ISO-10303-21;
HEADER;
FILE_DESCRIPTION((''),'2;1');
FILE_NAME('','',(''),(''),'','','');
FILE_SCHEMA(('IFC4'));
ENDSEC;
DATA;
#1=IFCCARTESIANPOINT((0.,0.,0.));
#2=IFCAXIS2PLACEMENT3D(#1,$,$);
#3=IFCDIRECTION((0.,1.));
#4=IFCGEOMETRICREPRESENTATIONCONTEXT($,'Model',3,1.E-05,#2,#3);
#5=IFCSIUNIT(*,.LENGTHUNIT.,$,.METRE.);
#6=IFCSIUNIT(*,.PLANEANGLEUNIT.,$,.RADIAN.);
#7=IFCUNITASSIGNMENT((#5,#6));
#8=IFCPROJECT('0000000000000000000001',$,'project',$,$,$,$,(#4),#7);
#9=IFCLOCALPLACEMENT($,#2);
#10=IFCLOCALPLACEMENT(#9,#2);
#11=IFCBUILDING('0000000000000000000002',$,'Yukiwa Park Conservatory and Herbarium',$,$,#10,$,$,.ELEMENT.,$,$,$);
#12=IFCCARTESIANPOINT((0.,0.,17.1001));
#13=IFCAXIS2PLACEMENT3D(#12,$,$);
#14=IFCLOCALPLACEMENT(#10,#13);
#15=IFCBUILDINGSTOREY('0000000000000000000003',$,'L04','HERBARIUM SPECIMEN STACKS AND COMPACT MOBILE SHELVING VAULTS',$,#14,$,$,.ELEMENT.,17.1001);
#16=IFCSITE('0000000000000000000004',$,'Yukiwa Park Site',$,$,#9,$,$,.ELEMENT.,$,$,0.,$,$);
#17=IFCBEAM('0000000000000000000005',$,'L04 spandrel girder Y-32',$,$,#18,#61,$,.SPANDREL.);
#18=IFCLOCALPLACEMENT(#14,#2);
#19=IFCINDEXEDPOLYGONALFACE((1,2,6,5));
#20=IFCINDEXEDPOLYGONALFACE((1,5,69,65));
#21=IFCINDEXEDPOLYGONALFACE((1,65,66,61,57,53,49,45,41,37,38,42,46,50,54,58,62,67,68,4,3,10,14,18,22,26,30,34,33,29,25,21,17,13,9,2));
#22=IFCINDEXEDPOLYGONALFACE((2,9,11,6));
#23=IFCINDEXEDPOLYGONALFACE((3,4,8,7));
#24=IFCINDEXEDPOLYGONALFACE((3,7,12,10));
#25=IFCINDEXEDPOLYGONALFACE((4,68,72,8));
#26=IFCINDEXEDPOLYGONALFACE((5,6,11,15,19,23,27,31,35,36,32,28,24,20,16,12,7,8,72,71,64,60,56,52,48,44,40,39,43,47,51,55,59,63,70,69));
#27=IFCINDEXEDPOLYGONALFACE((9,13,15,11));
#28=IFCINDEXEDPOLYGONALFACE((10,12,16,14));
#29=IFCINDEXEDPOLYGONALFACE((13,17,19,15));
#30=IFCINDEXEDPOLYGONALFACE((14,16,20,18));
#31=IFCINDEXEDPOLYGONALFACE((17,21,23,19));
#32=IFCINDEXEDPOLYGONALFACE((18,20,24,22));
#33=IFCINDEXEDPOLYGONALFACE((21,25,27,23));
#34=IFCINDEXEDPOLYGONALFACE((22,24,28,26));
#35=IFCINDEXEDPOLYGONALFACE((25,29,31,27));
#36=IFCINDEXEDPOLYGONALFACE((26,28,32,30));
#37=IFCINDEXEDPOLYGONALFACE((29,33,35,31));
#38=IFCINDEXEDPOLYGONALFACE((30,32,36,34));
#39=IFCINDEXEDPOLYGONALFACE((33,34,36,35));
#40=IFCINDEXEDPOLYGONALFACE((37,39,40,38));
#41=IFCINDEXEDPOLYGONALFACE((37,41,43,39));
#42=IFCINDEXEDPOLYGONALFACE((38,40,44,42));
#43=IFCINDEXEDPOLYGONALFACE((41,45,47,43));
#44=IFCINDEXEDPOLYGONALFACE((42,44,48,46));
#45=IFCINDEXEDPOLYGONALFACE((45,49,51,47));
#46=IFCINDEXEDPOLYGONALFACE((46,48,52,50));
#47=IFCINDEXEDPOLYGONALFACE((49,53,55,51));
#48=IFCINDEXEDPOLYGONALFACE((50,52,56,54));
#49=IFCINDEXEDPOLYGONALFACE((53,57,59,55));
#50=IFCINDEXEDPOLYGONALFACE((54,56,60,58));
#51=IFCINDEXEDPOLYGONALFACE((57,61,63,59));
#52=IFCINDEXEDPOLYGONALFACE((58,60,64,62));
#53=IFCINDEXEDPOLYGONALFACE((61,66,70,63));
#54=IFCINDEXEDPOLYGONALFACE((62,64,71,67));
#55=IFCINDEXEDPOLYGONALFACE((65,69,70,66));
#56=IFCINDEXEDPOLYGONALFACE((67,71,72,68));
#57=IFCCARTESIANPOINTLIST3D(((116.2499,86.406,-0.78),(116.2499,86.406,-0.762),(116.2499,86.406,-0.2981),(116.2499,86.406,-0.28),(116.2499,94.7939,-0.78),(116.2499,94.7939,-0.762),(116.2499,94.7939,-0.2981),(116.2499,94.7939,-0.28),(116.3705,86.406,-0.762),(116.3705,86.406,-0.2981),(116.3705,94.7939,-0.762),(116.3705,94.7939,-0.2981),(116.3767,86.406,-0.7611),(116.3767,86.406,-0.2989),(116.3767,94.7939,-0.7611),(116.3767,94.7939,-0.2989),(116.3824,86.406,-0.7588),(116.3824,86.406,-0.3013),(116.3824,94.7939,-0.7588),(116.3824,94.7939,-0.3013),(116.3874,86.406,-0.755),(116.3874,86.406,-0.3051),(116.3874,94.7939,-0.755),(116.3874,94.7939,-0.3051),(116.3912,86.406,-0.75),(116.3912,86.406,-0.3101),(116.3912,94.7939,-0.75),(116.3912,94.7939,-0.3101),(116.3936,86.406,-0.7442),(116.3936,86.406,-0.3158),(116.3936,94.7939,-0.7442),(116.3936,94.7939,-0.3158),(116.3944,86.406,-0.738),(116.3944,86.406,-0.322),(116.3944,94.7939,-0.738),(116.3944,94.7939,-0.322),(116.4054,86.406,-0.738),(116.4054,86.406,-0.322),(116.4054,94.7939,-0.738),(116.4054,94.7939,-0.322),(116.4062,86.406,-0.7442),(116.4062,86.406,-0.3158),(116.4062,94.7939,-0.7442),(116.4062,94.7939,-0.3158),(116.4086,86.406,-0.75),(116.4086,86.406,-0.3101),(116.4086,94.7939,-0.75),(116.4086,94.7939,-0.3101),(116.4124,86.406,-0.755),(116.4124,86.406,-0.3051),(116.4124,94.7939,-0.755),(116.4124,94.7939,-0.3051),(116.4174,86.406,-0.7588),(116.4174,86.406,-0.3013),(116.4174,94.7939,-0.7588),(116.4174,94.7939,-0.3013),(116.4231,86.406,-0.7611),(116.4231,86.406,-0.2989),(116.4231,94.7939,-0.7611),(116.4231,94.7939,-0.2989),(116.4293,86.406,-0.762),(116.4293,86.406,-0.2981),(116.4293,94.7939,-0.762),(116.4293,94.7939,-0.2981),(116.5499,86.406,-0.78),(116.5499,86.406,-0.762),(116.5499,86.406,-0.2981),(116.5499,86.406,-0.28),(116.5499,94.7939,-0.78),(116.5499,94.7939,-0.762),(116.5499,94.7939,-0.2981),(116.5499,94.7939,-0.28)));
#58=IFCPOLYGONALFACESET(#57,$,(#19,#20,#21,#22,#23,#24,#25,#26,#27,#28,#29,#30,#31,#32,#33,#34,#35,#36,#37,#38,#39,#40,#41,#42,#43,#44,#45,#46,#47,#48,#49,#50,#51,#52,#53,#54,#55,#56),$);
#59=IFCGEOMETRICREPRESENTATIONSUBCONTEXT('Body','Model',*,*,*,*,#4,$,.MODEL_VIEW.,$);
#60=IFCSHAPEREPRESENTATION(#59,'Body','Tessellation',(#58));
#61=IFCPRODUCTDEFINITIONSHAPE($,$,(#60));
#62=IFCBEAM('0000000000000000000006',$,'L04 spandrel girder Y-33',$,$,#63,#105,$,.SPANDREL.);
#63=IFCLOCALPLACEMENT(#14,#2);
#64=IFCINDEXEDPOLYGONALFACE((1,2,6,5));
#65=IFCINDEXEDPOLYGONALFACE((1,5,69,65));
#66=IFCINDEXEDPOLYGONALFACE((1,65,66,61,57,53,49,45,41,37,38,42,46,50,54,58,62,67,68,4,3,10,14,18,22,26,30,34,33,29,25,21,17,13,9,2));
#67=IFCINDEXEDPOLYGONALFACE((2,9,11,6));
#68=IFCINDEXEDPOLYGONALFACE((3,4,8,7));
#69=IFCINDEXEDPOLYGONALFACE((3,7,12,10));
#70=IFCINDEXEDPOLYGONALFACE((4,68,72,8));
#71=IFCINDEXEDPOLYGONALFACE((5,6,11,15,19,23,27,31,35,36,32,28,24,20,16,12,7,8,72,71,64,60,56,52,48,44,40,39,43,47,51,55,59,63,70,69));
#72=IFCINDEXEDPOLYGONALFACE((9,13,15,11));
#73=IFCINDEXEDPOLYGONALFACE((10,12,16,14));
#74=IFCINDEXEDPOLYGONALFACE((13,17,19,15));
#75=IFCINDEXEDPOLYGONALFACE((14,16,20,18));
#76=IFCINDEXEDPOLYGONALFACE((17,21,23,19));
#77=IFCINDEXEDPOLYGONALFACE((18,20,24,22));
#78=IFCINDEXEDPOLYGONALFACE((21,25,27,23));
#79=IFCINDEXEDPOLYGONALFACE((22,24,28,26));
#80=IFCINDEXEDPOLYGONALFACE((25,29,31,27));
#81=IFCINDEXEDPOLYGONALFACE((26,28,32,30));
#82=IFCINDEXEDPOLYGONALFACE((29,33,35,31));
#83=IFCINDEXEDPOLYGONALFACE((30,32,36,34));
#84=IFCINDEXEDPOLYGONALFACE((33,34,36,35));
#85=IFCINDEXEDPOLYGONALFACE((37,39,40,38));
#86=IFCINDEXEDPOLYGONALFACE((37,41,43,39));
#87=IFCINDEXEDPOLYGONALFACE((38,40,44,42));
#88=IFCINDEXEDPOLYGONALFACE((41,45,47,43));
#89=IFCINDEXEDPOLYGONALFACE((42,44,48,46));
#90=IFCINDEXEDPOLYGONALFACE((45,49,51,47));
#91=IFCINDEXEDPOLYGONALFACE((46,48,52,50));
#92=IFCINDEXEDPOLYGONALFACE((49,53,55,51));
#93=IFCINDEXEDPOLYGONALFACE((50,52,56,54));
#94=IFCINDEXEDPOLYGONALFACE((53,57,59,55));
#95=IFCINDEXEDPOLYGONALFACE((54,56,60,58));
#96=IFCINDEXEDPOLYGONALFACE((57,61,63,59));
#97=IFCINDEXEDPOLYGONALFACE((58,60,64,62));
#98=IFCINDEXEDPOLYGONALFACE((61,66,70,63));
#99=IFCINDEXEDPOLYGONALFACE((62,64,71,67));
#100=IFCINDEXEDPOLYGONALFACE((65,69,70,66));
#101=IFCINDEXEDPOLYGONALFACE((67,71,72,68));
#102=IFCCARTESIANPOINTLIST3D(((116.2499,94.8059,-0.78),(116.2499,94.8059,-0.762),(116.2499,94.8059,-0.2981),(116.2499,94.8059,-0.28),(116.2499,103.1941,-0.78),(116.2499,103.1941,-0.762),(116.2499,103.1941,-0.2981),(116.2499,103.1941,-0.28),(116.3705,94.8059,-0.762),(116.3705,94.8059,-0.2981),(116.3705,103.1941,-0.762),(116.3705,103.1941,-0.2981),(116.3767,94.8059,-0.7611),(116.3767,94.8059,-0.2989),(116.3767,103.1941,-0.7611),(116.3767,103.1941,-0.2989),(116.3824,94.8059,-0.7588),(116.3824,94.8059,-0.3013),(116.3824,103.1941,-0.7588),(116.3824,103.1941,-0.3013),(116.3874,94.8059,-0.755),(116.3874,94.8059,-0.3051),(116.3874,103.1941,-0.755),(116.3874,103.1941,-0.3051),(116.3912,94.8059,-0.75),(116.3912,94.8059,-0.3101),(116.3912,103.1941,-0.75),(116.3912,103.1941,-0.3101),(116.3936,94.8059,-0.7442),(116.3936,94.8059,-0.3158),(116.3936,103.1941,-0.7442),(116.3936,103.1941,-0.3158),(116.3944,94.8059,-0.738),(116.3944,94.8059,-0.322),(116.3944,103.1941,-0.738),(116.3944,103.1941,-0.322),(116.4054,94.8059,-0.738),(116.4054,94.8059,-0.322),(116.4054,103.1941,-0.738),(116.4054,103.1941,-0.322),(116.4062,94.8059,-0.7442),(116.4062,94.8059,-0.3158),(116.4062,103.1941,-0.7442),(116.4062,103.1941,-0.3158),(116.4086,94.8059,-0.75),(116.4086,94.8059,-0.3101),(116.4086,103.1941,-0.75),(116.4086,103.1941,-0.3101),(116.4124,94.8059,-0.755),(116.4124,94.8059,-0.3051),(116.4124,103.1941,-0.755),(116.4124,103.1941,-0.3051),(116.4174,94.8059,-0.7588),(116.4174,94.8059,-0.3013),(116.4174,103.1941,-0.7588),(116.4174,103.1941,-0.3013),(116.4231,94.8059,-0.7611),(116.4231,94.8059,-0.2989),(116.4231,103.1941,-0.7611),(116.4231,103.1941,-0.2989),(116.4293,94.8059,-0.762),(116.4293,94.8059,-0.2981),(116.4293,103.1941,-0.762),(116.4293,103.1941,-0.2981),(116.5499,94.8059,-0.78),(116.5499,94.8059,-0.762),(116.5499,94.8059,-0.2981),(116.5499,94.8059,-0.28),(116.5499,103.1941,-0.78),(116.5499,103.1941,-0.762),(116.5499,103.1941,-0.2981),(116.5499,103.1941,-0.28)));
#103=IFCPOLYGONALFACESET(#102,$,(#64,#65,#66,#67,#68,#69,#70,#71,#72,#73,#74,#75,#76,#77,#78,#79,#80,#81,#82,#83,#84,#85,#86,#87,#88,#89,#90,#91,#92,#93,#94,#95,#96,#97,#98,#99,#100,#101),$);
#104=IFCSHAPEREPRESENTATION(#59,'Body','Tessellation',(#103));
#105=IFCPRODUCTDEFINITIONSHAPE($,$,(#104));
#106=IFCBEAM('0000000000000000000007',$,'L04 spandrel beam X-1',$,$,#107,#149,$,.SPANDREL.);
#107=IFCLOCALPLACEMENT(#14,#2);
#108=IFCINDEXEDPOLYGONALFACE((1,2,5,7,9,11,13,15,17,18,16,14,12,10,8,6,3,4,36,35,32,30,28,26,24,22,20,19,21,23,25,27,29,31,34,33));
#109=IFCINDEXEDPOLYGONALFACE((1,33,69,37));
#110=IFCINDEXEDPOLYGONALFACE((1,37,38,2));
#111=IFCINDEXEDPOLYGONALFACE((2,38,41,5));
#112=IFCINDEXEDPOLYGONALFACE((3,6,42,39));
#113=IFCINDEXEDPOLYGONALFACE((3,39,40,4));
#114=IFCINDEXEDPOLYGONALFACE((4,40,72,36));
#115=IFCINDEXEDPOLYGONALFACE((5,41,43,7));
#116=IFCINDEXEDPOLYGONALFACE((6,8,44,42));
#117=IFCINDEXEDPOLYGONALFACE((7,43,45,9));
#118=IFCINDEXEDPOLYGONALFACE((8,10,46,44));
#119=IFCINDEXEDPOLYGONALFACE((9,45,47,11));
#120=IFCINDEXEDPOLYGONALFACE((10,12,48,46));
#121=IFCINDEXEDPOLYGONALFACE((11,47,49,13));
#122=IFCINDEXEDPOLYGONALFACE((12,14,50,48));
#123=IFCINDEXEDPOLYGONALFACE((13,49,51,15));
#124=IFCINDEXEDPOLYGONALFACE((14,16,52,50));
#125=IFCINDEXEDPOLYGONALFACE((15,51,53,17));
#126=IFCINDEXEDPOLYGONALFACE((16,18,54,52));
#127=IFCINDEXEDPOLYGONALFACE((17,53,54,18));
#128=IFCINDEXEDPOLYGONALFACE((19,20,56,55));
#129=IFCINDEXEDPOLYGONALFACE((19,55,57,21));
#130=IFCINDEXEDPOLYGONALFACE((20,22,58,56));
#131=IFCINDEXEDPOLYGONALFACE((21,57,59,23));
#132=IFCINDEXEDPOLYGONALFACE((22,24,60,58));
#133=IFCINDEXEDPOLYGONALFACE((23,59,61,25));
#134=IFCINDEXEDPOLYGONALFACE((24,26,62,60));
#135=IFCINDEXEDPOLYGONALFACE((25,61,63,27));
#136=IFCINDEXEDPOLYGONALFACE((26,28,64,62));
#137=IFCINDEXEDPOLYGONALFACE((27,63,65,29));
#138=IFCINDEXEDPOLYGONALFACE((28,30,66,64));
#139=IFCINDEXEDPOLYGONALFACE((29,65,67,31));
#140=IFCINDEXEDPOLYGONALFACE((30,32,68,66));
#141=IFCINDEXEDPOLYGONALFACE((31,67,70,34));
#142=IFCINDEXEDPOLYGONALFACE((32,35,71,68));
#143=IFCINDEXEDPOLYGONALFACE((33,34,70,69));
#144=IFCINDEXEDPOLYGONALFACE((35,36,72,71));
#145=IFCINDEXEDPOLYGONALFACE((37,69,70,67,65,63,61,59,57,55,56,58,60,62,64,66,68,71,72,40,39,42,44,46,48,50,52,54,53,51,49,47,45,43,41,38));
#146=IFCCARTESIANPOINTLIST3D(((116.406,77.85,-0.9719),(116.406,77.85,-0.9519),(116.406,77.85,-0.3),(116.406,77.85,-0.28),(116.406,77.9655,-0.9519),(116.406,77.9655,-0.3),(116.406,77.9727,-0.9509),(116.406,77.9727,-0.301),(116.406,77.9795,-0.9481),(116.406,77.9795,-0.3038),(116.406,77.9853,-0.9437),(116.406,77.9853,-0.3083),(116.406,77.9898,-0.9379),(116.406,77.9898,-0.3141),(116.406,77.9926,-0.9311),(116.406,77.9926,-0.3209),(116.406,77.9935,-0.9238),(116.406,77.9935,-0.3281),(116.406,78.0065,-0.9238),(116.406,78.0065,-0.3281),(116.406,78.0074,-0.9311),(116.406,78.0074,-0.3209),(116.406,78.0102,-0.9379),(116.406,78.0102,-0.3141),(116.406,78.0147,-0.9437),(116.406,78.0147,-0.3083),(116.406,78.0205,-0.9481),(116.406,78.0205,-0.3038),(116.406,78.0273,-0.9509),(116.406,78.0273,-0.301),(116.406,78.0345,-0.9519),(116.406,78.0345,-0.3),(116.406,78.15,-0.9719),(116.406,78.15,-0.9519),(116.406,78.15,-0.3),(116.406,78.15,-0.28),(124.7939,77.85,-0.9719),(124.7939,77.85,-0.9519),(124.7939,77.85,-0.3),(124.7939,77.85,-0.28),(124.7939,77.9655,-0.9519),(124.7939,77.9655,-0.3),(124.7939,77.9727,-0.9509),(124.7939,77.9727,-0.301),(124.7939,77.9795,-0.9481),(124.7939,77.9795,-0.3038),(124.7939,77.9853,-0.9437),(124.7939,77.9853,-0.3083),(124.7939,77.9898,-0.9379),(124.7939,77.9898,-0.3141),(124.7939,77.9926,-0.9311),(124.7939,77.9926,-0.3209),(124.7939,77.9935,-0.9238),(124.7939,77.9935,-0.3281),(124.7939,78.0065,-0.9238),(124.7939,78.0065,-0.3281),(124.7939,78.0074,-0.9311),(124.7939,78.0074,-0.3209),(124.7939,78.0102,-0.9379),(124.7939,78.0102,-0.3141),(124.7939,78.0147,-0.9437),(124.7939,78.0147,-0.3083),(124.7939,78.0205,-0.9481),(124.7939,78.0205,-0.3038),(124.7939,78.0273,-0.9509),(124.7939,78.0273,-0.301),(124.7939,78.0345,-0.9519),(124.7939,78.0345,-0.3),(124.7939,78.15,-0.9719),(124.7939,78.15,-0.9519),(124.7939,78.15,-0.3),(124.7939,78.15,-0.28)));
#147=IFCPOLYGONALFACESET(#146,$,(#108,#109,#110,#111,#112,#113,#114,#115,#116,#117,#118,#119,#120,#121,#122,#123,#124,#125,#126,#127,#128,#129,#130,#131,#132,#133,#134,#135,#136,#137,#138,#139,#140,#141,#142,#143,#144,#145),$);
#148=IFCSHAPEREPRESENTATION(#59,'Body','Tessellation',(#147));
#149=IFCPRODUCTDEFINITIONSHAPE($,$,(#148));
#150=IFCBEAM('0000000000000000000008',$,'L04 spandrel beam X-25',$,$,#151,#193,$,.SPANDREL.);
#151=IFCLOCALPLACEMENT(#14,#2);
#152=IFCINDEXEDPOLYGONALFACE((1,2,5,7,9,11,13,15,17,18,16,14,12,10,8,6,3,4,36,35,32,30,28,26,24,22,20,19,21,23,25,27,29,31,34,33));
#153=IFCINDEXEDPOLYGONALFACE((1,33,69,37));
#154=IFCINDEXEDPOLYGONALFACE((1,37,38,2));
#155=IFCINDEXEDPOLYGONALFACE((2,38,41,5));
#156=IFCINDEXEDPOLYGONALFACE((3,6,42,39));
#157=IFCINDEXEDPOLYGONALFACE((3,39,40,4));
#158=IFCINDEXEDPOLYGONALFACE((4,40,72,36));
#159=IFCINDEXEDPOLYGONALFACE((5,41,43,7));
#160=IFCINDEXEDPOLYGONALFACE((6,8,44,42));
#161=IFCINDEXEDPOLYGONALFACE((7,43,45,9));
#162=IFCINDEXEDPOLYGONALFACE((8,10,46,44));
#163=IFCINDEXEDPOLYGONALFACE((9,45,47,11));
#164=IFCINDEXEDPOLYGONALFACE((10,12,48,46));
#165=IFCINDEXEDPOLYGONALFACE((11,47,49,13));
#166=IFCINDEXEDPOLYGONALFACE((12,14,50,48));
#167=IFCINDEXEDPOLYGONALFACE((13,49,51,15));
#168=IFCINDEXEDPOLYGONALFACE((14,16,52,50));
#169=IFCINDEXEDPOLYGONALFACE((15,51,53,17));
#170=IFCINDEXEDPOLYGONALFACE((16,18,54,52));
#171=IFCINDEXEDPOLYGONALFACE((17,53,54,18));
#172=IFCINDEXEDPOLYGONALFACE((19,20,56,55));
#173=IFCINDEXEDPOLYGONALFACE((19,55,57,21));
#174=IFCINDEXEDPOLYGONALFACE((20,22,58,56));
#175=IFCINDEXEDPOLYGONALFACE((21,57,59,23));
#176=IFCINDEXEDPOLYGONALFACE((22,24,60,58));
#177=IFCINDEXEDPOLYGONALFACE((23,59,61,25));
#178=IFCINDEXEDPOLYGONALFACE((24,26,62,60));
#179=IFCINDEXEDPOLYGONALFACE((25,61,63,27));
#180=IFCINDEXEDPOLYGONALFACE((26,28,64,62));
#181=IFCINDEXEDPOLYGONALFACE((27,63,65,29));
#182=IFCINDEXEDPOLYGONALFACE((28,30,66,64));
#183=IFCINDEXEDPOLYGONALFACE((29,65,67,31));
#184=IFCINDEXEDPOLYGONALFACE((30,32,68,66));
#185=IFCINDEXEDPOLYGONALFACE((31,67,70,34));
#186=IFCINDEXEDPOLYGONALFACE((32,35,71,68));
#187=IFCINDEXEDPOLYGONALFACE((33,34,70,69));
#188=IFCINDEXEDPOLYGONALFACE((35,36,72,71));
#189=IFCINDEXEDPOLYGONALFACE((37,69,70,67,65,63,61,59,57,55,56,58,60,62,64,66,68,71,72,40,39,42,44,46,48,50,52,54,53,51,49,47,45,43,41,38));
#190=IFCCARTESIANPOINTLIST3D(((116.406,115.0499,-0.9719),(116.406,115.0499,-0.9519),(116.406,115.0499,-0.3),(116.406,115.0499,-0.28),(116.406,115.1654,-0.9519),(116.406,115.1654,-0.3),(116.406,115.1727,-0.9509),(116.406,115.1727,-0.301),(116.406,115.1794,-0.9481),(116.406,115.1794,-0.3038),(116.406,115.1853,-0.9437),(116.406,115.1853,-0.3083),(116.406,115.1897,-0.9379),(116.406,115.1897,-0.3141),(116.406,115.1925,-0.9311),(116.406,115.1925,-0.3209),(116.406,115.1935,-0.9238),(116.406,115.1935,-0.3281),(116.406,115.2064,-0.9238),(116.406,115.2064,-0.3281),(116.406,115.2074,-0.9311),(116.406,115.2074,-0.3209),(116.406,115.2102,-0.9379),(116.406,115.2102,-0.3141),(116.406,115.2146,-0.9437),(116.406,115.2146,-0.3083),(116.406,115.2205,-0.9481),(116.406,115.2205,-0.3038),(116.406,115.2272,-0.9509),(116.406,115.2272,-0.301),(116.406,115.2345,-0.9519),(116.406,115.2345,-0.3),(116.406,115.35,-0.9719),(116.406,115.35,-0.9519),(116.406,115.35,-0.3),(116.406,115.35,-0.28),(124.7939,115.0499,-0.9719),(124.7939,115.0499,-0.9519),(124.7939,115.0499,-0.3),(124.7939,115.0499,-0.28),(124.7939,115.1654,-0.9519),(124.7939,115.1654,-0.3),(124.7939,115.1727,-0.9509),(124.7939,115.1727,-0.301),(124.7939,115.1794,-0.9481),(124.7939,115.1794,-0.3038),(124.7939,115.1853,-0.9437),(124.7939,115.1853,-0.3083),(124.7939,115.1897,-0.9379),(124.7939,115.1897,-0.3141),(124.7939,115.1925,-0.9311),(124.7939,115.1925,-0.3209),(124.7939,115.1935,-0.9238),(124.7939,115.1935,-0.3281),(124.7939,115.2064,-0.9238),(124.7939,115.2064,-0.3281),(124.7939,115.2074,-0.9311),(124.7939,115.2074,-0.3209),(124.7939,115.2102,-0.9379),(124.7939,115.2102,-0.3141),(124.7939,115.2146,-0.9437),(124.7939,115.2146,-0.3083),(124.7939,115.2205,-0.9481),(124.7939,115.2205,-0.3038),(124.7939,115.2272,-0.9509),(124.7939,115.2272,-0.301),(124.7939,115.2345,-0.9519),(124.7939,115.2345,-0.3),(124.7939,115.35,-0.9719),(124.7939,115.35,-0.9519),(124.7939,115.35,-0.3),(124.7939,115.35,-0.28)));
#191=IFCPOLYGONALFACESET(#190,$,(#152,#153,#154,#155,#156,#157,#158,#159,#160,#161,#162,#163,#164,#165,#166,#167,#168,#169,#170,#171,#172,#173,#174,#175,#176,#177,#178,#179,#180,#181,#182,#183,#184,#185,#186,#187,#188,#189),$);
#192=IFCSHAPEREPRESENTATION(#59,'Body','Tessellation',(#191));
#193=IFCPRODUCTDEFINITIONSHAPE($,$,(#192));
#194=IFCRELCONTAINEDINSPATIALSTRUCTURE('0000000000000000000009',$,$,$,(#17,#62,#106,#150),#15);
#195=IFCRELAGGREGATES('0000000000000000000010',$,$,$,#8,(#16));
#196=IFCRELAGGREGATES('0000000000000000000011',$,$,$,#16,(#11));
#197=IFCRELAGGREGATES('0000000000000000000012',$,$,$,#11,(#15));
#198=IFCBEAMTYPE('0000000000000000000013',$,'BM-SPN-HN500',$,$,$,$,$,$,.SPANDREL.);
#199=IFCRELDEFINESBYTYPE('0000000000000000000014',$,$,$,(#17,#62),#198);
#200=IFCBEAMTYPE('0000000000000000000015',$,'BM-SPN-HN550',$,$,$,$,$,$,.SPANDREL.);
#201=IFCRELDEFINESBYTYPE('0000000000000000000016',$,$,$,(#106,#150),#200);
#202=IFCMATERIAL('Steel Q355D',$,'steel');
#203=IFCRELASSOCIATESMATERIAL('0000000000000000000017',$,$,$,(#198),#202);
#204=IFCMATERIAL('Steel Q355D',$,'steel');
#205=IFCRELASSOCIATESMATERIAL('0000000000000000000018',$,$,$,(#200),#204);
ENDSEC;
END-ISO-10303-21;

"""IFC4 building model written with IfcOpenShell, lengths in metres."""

from ifc_helpers import new_model, si_unit, direction, frame, origin, origin_2d, place, context, subcontext, project, spatial, i_section, extrude, material, material_profile, profile_set, type_object, element, save


model = new_model("IFC4")

# Units and contexts
model_context = context("Model", 3, precision=1e-05, world=origin(), true_north=direction((0.0, 1.0)))
body_context = subcontext(model_context, "Body", "Model", "MODEL_VIEW")
ifc_project = project(units=[si_unit("LENGTHUNIT", "METRE"), si_unit("PLANEANGLEUNIT", "RADIAN")], contexts=[model_context])

# Site, building, storey
site_placement = place(None, origin())
site = spatial("IfcSite", under=ifc_project, at=site_placement, Name="Yukiwa Park Site", CompositionType="ELEMENT", RefElevation=0.0)
building_placement = place(site_placement, origin())
building = spatial("IfcBuilding", under=site, at=building_placement, Name="Yukiwa Park Conservatory and Herbarium", CompositionType="ELEMENT")
storey_placement = place(building_placement, frame((0.0, 0.0, 17.1001)))
storey = spatial("IfcBuildingStorey", under=building, at=storey_placement, Name="L04", Description="HERBARIUM SPECIMEN STACKS AND COMPACT MOBILE SHELVING VAULTS", CompositionType="ELEMENT", Elevation=17.1001)

# Beams
ifc_material_1 = material(Name="Steel Q355D", Category="steel")
ifc_material_profile_1 = material_profile(ifc_material_1, i_section(OverallWidth=0.3, OverallDepth=0.5, WebThickness=0.011, FlangeThickness=0.0181, FilletRadius=0.0239, at=origin_2d()), Name="HM 500x300x11x18")
ifc_profile_set_1 = profile_set([ifc_material_profile_1], Name="Steel Q355D")
beam_type_1 = type_object("IfcBeamType", Name="BM-SPN-HN500", PredefinedType="SPANDREL", material=ifc_profile_set_1)
for number, where, z_axis, x_axis, name in (
    (1, (116.3999, 86.406, -0.53), (0.0, 1.0, 0.0), (-1.0, 0.0, 0.0), "L04 spandrel girder Y-32"),
):
    element("IfcBeam", number, at=place(storey_placement, frame(where, z_axis=z_axis, x_axis=x_axis)), inside=storey, type_object=beam_type_1, Name=name, PredefinedType="SPANDREL", context=body_context, shape_type="SweptSolid", body=[
        extrude(i_section(OverallWidth=0.3, OverallDepth=0.5, WebThickness=0.011, FlangeThickness=0.0181, FilletRadius=0.0239, at=origin_2d()), origin(), (0.0, 0.0, 1.0), 8.3879),
    ])
beam_1_placement = place(storey_placement, frame((116.3999, 94.8059, -0.53), z_axis=(0.0, 1.0, 0.0), x_axis=(-1.0, 0.0, 0.0)))
element("IfcBeam", 2, at=beam_1_placement, inside=storey, type_object=beam_type_1, Name="L04 spandrel girder Y-33", PredefinedType="SPANDREL", context=body_context, shape_type="SweptSolid", body=[
    extrude(i_section(OverallWidth=0.3, OverallDepth=0.5, WebThickness=0.011, FlangeThickness=0.0181, FilletRadius=0.0239, at=origin_2d()), origin(), (0.0, 0.0, 1.0), 8.3882),
])
ifc_material_2 = material(Name="Steel Q355D", Category="steel")
ifc_material_profile_2 = material_profile(ifc_material_2, i_section(OverallWidth=0.3, OverallDepth=0.6919, WebThickness=0.0129, FlangeThickness=0.02, FilletRadius=0.0281, at=origin_2d()), Name="HN 692x300x13x20")
ifc_profile_set_2 = profile_set([ifc_material_profile_2], Name="Steel Q355D")
beam_type_2 = type_object("IfcBeamType", Name="BM-SPN-HN550", PredefinedType="SPANDREL", material=ifc_profile_set_2)
for number, where, z_axis, x_axis, name in (
    (3, (116.406, 78.0, -0.626), (1.0, 0.0, 0.0), (0.0, 1.0, 0.0), "L04 spandrel beam X-1"),
    (4, (116.406, 115.2, -0.626), (1.0, 0.0, 0.0), (0.0, 1.0, 0.0), "L04 spandrel beam X-25"),
):
    element("IfcBeam", number, at=place(storey_placement, frame(where, z_axis=z_axis, x_axis=x_axis)), inside=storey, type_object=beam_type_2, Name=name, PredefinedType="SPANDREL", context=body_context, shape_type="SweptSolid", body=[
        extrude(i_section(OverallWidth=0.3, OverallDepth=0.6919, WebThickness=0.0129, FlangeThickness=0.02, FilletRadius=0.0281, at=origin_2d()), origin(), (0.0, 0.0, 1.0), 8.3879),
    ])

save(model, "model.ifc")
